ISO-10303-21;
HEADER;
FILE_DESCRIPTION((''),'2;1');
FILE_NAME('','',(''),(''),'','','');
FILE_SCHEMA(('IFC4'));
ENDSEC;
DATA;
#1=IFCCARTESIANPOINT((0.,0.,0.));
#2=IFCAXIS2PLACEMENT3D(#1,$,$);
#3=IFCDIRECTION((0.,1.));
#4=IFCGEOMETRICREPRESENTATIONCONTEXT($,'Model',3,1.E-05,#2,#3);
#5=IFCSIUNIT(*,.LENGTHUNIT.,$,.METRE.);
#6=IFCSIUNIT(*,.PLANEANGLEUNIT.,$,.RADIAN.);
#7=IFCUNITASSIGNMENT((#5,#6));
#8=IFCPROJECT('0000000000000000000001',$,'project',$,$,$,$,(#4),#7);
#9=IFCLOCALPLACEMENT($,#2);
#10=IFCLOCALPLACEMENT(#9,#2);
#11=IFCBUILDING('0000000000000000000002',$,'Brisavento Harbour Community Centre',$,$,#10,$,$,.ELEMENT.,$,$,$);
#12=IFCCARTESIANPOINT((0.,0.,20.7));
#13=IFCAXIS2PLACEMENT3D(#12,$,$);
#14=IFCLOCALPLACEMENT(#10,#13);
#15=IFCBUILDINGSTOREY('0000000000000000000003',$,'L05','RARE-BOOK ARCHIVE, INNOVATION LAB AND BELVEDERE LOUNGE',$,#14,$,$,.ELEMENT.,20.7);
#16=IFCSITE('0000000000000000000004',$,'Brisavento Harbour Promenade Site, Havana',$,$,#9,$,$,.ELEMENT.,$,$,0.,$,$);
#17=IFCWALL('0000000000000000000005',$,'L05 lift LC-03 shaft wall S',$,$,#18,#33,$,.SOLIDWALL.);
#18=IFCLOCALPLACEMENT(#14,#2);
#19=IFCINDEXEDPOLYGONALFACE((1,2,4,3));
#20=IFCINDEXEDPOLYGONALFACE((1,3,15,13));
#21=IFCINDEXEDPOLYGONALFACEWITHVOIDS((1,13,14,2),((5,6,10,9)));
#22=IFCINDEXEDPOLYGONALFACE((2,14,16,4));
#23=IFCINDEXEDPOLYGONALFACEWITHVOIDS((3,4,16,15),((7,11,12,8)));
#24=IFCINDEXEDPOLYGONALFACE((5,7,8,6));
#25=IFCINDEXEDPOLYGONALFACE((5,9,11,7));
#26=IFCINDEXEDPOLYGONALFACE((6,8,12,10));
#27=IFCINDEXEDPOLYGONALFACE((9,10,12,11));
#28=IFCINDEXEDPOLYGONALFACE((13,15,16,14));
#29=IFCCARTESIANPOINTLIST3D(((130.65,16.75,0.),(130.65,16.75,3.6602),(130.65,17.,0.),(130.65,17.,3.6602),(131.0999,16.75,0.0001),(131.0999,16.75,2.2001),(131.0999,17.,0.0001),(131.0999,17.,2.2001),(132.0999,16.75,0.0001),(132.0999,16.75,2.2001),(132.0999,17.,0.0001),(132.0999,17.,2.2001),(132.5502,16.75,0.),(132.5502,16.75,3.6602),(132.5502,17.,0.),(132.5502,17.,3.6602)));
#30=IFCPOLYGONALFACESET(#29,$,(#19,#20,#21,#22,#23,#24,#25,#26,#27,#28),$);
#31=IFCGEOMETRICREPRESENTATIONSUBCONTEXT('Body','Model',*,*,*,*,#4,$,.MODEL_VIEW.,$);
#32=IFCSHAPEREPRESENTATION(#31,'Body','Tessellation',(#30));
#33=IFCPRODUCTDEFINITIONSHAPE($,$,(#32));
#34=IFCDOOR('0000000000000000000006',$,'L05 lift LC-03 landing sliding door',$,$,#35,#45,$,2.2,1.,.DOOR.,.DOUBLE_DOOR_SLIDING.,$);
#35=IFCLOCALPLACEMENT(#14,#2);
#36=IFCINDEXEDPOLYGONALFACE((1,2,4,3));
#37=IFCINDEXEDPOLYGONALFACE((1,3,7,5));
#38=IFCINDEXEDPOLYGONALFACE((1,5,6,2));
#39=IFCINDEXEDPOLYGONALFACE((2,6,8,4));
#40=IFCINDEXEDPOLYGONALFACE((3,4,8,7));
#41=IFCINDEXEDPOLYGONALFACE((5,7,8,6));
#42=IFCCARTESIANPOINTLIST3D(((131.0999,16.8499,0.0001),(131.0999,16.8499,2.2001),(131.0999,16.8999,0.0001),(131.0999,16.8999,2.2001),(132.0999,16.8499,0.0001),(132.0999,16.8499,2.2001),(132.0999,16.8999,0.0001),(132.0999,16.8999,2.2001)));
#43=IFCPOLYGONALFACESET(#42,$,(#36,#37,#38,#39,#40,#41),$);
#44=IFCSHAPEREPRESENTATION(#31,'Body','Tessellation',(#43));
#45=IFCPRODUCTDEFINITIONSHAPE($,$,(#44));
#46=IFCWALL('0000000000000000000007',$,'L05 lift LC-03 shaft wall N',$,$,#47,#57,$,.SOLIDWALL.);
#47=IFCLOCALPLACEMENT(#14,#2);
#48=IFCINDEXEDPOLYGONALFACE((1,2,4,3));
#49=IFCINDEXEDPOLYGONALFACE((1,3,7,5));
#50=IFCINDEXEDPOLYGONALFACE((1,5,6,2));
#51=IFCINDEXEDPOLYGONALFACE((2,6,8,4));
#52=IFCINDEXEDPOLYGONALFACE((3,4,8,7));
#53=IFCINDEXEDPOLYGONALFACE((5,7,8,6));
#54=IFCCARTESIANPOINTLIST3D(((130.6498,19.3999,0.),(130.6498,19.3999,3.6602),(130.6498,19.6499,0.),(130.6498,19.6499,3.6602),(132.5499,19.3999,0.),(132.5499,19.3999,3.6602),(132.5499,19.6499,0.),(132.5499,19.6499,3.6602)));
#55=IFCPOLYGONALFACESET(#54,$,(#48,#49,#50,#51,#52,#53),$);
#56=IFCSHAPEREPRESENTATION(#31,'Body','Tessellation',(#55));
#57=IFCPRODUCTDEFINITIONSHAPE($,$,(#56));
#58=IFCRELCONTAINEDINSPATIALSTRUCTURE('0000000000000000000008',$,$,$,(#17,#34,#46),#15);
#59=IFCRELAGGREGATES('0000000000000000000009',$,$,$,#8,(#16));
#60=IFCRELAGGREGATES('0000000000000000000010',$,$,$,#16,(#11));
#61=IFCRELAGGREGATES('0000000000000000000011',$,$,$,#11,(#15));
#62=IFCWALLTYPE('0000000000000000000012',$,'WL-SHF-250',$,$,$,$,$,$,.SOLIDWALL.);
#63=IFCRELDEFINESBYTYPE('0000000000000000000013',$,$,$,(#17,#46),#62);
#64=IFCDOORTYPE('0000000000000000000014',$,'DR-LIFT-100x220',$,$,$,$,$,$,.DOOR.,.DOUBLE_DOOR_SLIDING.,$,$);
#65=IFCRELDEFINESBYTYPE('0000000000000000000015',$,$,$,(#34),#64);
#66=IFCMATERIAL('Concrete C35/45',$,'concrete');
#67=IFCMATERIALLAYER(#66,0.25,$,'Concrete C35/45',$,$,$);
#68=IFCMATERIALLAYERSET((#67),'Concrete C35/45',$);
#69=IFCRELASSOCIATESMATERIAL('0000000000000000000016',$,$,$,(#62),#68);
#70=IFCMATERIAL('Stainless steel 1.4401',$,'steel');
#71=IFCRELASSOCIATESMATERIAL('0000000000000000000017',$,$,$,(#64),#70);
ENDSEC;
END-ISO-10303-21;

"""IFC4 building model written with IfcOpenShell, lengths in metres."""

from ifc_helpers import new_model, si_unit, direction, frame, frame_2d, origin, place, context, subcontext, project, spatial, rectangle, extrude, material, layer, layer_set, type_object, element, fill, save


model = new_model("IFC4")

# Units and contexts
model_context = context("Model", 3, precision=1e-05, world=origin(), true_north=direction((0.0, 1.0)))
body_context = subcontext(model_context, "Body", "Model", "MODEL_VIEW")
ifc_project = project(units=[si_unit("LENGTHUNIT", "METRE"), si_unit("PLANEANGLEUNIT", "RADIAN")], contexts=[model_context])

# Site, building, storey
site_placement = place(None, origin())
site = spatial("IfcSite", under=ifc_project, at=site_placement, Name="Brisavento Harbour Promenade Site, Havana", CompositionType="ELEMENT", RefElevation=0.0)
building_placement = place(site_placement, origin())
building = spatial("IfcBuilding", under=site, at=building_placement, Name="Brisavento Harbour Community Centre", CompositionType="ELEMENT")
storey_placement = place(building_placement, frame((0.0, 0.0, 20.7)))
storey = spatial("IfcBuildingStorey", under=building, at=storey_placement, Name="L05", Description="RARE-BOOK ARCHIVE, INNOVATION LAB AND BELVEDERE LOUNGE", CompositionType="ELEMENT", Elevation=20.7)

# Shared definitions
ifc_material_1 = material(Name="Concrete C35/45", Category="concrete")

# Shared definitions
ifc_layer_1 = layer(ifc_material_1, 0.25, Name="Concrete C35/45")
ifc_layer_set_1 = layer_set([ifc_layer_1], Name="Concrete C35/45")
wall_type_1 = type_object("IfcWallType", Name="WL-SHF-250", PredefinedType="SOLIDWALL", material=ifc_layer_set_1)

# Shared definitions
ifc_material_2 = material(Name="Stainless steel 1.4401", Category="steel")
door_type_1 = type_object("IfcDoorType", Name="DR-LIFT-100x220", OperationType="DOUBLE_DOOR_SLIDING", PredefinedType="DOOR", material=ifc_material_2)

# Wall, opening, door
wall_1_placement = place(storey_placement, frame((130.6499, 16.875, 0.0), z_axis=(0.0, 0.0, 1.0), x_axis=(1.0, 0.0, 0.0)))
wall_1 = element("IfcWall", 1, at=wall_1_placement, inside=storey, type_object=wall_type_1, Name="L05 lift LC-03 shaft wall S", PredefinedType="SOLIDWALL", context=body_context, shape_type="SweptSolid", body=[
    extrude(rectangle(XDim=1.9001, YDim=0.25, at=frame_2d((0.9502, 0.0))), origin(), (0.0, 0.0, 1.0), 3.6602),
])
opening_1_placement = place(wall_1_placement, frame((0.45, 0.0, 0.0)))
opening_1 = element("IfcOpeningElement", 2, at=opening_1_placement, cuts=wall_1, PredefinedType="OPENING", context=body_context, shape_type="SweptSolid", body=[
    extrude(rectangle(XDim=1.0, YDim=2.2, at=frame_2d((0.5, 1.1001))), frame((0.0, 0.135, 0.0), z_axis=(0.0, -1.0, 0.0), x_axis=(1.0, 0.0, 0.0)), (0.0, 0.0, 1.0), 0.27),
])
door_1_placement = place(opening_1_placement, origin())
door_1 = element("IfcDoor", 3, at=door_1_placement, inside=storey, type_object=door_type_1, Name="L05 lift LC-03 landing sliding door", OperationType="DOUBLE_DOOR_SLIDING", OverallHeight=2.2, OverallWidth=1.0, PredefinedType="DOOR", context=body_context, shape_type="SweptSolid", body=[
    extrude(rectangle(XDim=1.0, YDim=2.2, at=frame_2d((0.5, 1.1001))), frame((0.0, 0.0249, 0.0), z_axis=(0.0, -1.0, 0.0), x_axis=(1.0, 0.0, 0.0)), (0.0, 0.0, 1.0), 0.05),
])
fill(opening_1, door_1)

# Wall
wall_2_placement = place(storey_placement, frame((132.55, 19.5249, 0.0), z_axis=(0.0, 0.0, 1.0), x_axis=(-1.0, 0.0, 0.0)))
element("IfcWall", 4, at=wall_2_placement, inside=storey, type_object=wall_type_1, Name="L05 lift LC-03 shaft wall N", PredefinedType="SOLIDWALL", context=body_context, shape_type="SweptSolid", body=[
    extrude(rectangle(XDim=1.9001, YDim=0.25, at=frame_2d((0.9502, 0.0))), origin(), (0.0, 0.0, 1.0), 3.6602),
])

save(model, "model.ifc")
